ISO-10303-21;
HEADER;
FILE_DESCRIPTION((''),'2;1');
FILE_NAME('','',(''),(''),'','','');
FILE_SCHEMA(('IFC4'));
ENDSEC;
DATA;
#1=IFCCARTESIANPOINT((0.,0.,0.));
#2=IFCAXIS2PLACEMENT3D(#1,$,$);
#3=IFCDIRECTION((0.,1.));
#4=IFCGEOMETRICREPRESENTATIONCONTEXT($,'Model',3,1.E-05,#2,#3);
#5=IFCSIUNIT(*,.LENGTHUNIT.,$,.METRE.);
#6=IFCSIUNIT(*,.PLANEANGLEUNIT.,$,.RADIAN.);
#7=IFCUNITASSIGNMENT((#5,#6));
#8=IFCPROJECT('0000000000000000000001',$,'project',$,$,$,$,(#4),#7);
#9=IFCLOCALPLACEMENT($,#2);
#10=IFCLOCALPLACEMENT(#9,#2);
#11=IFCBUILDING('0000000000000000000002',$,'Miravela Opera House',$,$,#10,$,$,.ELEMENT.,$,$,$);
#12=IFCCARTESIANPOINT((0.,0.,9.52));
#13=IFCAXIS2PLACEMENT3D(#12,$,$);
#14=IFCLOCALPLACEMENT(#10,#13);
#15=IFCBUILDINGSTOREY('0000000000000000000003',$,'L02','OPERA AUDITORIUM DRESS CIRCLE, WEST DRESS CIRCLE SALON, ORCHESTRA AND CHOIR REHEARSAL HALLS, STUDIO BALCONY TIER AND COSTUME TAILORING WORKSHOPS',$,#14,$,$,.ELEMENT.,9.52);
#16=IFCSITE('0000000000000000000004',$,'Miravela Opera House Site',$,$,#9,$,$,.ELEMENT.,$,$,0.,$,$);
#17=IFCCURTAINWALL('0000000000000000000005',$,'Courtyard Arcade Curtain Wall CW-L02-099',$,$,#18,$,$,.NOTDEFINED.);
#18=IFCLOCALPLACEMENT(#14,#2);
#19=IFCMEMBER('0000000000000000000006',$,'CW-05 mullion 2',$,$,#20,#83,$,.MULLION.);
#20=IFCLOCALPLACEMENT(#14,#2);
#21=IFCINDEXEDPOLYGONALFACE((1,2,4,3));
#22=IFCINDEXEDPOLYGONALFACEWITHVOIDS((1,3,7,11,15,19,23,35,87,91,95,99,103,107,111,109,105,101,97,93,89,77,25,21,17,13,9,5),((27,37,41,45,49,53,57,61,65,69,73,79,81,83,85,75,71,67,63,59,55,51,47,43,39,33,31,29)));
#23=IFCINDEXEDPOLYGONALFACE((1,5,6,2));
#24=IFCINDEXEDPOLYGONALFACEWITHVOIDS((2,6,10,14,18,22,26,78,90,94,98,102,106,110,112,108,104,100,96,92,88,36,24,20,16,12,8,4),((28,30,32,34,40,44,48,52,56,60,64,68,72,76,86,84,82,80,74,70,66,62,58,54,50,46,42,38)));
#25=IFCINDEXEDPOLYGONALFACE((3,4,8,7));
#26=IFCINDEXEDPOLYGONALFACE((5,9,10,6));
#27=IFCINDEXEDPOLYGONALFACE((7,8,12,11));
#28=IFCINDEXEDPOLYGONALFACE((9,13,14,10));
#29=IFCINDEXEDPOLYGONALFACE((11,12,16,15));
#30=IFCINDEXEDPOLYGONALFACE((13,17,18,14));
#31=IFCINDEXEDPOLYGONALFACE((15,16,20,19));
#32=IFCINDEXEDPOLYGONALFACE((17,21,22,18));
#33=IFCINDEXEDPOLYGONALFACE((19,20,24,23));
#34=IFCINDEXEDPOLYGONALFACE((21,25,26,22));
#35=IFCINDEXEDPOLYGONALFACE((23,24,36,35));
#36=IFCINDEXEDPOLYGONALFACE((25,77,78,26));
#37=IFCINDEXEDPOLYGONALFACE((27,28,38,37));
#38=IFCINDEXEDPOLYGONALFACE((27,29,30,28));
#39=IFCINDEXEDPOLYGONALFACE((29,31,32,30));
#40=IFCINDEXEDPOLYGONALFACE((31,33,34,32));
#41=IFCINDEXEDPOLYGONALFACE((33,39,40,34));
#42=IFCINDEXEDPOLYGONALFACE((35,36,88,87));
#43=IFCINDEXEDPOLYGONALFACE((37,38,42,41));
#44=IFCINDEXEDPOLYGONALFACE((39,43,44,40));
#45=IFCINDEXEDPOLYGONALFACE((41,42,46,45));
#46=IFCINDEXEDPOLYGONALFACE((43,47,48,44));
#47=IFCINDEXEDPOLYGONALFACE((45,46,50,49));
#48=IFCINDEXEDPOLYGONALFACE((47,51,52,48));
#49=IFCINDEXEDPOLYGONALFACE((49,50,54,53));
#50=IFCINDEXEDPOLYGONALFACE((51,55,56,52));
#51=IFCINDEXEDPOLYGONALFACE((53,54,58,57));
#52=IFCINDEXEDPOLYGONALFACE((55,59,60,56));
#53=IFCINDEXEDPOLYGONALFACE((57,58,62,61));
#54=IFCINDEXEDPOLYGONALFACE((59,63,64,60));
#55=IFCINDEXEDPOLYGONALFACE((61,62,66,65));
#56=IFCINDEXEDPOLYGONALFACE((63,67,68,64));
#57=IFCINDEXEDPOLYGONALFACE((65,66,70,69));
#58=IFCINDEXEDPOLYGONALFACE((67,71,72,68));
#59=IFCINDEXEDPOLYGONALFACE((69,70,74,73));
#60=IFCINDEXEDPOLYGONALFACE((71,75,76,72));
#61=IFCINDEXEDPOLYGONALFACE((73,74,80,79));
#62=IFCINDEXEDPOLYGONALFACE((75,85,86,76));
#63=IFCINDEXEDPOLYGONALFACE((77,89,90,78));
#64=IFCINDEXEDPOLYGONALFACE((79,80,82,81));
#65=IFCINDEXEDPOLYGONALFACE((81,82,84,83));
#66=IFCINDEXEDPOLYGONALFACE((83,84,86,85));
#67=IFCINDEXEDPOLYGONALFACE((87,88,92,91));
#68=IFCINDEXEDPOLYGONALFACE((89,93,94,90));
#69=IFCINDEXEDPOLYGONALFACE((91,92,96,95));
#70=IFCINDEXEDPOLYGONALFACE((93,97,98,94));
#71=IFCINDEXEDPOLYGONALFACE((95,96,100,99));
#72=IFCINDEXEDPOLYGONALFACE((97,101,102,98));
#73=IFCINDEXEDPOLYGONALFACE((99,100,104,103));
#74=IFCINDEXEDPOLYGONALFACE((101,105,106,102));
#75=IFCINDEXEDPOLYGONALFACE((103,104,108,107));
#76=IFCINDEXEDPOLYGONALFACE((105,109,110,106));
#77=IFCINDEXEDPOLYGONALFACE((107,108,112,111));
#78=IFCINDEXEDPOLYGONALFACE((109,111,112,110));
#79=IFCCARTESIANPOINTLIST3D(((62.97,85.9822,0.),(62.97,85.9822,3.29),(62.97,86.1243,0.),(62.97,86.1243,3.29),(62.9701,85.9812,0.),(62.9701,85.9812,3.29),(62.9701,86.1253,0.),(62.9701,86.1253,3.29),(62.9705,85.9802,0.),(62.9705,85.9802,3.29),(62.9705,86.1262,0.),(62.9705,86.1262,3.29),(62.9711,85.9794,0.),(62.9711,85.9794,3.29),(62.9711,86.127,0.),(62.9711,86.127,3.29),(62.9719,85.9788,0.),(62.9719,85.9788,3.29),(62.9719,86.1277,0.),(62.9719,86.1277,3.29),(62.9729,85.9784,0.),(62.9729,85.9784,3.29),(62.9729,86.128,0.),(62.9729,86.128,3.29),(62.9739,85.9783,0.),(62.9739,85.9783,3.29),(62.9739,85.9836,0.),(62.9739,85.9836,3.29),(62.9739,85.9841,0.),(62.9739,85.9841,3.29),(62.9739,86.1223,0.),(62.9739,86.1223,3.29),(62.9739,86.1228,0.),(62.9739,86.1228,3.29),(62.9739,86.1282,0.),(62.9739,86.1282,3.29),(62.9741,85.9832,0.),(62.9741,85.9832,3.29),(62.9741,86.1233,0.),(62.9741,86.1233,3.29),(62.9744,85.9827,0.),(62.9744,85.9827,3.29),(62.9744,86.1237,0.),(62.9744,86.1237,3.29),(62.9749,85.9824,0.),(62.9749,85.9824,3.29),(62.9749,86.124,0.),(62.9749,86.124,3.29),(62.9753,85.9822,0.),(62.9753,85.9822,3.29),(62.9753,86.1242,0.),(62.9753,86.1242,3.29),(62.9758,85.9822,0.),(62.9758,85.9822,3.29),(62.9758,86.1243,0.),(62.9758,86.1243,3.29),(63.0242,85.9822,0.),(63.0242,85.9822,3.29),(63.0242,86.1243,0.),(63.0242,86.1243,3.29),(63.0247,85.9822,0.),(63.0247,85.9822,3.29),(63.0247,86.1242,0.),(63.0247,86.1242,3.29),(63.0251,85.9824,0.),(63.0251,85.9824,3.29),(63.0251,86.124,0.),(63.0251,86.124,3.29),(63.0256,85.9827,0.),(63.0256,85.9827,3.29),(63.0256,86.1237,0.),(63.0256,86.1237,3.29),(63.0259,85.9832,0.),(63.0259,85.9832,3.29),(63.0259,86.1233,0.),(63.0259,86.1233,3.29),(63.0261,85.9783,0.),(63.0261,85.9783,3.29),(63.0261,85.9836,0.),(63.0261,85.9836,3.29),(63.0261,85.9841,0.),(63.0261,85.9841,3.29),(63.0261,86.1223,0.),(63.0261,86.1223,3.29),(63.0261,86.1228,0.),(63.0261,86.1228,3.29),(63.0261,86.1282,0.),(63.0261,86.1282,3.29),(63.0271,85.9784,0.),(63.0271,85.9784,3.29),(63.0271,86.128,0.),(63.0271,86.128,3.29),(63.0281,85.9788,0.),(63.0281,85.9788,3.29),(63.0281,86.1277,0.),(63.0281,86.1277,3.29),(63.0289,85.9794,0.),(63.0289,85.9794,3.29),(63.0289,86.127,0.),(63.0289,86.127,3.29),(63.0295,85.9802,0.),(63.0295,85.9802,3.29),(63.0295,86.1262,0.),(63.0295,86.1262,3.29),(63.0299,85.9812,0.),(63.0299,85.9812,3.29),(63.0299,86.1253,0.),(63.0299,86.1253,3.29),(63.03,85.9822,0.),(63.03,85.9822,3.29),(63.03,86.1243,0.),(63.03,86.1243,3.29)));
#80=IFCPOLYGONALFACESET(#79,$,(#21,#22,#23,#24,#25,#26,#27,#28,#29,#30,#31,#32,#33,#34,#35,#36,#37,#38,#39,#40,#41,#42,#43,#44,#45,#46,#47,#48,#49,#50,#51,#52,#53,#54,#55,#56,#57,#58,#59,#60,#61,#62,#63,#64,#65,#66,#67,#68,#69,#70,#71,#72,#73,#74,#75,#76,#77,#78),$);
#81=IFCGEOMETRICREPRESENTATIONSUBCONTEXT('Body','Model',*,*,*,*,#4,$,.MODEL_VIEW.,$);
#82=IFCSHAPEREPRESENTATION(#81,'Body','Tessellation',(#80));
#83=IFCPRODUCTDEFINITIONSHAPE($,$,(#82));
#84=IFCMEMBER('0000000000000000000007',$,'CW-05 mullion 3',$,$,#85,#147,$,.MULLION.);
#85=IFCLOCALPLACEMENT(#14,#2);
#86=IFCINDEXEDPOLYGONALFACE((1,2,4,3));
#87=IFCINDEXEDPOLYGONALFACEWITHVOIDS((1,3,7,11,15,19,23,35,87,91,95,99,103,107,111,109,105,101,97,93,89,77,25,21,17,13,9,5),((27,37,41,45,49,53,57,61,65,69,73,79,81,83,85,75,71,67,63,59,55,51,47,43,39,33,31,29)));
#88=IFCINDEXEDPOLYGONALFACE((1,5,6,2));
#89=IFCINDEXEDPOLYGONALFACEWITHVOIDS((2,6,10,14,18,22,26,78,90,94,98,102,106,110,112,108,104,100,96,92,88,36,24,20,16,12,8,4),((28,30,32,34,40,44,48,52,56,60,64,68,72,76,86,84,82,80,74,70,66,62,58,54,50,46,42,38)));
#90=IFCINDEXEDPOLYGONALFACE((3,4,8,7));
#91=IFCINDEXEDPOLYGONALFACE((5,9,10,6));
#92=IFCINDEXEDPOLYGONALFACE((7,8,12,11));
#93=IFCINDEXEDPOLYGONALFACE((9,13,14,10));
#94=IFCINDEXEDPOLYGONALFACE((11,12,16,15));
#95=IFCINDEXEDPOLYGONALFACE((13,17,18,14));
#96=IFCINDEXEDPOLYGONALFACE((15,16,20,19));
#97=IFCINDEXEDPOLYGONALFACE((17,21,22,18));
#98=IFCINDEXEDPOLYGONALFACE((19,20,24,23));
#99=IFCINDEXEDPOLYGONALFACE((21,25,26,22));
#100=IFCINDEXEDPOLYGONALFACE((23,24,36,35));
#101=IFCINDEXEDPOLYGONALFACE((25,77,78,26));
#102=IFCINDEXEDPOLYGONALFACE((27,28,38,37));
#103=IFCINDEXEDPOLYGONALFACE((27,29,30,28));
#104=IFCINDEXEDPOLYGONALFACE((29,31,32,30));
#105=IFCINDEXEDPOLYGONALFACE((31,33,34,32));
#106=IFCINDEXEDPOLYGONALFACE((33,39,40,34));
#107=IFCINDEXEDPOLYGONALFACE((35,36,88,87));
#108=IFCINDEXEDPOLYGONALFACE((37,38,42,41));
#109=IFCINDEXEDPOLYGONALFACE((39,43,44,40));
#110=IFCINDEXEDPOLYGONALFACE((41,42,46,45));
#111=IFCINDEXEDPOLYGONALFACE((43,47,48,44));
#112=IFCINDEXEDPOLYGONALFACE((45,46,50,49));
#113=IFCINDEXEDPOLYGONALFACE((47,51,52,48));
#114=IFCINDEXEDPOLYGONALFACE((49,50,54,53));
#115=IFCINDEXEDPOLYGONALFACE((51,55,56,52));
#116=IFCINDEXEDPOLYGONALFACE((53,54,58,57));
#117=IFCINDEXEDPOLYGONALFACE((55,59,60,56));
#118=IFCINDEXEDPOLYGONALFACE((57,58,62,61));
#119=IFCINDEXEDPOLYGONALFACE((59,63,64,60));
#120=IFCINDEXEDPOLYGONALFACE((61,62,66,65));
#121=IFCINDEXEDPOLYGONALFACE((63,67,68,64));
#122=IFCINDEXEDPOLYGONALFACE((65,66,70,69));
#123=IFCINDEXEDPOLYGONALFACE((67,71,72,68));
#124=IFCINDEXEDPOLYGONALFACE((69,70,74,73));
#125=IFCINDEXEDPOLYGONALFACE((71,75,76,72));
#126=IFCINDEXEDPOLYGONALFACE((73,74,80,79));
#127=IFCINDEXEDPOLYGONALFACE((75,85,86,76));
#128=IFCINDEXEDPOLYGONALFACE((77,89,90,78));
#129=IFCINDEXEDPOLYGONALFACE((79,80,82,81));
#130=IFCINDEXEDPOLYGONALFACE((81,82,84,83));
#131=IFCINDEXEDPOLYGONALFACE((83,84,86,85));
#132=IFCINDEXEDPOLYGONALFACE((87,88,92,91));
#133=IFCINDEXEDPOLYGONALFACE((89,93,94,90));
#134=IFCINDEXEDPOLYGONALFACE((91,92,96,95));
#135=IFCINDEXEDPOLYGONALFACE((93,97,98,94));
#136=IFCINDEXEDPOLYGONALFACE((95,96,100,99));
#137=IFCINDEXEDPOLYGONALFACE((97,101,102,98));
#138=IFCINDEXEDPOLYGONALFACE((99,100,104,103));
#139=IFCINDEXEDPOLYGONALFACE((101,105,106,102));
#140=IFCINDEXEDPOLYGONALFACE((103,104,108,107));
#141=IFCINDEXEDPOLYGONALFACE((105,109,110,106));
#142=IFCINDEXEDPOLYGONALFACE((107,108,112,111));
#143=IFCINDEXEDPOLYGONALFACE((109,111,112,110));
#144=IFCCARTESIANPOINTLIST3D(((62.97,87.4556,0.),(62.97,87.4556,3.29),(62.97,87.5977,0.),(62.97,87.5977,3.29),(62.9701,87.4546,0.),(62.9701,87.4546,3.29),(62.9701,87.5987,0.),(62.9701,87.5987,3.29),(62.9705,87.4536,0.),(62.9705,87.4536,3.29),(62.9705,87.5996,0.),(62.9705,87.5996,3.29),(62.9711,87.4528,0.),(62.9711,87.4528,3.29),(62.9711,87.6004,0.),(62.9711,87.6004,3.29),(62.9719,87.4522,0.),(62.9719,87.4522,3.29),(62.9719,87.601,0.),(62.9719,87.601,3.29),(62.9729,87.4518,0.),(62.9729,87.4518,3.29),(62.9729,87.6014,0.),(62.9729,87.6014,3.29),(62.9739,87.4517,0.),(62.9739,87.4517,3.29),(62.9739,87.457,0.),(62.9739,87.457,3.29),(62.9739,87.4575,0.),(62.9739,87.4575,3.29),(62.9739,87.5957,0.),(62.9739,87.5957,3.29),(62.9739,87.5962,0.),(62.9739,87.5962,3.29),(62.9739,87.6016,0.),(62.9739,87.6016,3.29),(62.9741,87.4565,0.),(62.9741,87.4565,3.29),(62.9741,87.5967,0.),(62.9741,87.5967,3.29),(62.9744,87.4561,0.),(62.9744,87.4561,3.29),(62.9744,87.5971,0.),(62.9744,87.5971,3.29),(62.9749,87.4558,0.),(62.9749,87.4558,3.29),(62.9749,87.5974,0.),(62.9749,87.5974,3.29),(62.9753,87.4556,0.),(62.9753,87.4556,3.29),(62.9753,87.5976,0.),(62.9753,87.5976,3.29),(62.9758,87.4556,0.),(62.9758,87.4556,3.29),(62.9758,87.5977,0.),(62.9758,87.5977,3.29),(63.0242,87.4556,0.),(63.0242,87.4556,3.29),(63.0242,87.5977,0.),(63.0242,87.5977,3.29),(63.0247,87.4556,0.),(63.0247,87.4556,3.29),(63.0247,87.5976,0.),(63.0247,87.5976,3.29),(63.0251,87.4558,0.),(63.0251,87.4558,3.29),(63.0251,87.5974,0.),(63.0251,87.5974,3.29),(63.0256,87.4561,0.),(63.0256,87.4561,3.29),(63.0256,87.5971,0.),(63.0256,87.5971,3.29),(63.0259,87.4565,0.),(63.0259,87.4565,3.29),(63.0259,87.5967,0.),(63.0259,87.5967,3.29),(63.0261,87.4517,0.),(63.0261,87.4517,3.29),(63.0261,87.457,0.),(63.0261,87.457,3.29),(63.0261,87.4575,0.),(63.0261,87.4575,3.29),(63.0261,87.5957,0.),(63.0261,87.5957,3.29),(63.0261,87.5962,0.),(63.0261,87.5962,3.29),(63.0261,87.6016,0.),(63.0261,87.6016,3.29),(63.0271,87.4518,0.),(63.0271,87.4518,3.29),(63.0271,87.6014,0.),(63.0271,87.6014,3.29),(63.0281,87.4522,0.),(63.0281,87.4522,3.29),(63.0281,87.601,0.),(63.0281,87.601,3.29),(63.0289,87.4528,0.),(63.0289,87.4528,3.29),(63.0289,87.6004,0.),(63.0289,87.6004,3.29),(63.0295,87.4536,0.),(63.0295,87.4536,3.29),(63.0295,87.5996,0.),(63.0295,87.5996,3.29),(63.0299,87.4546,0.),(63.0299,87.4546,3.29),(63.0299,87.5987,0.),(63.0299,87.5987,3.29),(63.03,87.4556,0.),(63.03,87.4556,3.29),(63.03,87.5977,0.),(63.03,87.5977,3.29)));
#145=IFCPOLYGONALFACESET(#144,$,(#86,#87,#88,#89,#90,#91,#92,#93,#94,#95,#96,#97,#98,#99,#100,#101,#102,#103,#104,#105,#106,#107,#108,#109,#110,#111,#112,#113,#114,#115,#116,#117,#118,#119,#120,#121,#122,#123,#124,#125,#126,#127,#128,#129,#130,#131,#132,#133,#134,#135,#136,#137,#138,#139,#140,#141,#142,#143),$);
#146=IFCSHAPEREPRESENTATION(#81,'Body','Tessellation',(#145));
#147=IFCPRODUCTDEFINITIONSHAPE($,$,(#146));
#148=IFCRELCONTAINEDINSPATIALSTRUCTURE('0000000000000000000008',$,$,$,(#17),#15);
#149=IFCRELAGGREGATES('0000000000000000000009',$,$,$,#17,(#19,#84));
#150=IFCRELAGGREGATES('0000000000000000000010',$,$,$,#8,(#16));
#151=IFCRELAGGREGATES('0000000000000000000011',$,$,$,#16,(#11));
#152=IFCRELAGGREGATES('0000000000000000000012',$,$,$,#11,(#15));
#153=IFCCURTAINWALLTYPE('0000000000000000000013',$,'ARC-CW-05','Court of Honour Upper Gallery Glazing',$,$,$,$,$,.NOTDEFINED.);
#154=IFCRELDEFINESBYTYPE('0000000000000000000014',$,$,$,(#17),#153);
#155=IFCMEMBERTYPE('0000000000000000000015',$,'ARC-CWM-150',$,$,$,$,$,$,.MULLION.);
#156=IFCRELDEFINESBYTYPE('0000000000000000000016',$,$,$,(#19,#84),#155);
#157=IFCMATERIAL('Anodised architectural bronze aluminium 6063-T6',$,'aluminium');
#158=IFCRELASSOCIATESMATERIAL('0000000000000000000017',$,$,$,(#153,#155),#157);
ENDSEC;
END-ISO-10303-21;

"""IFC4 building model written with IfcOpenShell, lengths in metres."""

from ifc_helpers import new_model, si_unit, direction, frame, origin, origin_2d, place, context, subcontext, project, spatial, hollow_rectangle, extrude, material, material_profile, profile_set, type_object, element, aggregate, save


model = new_model("IFC4")

# Units and contexts
model_context = context("Model", 3, precision=1e-05, world=origin(), true_north=direction((0.0, 1.0)))
body_context = subcontext(model_context, "Body", "Model", "MODEL_VIEW")
ifc_project = project(units=[si_unit("LENGTHUNIT", "METRE"), si_unit("PLANEANGLEUNIT", "RADIAN")], contexts=[model_context])

# Site, building, storey
site_placement = place(None, origin())
site = spatial("IfcSite", under=ifc_project, at=site_placement, Name="Miravela Opera House Site", CompositionType="ELEMENT", RefElevation=0.0)
building_placement = place(site_placement, origin())
building = spatial("IfcBuilding", under=site, at=building_placement, Name="Miravela Opera House", CompositionType="ELEMENT")
storey_placement = place(building_placement, frame((0.0, 0.0, 9.52)))
storey = spatial("IfcBuildingStorey", under=building, at=storey_placement, Name="L02", Description="OPERA AUDITORIUM DRESS CIRCLE, WEST DRESS CIRCLE SALON, ORCHESTRA AND CHOIR REHEARSAL HALLS, STUDIO BALCONY TIER AND COSTUME TAILORING WORKSHOPS", CompositionType="ELEMENT", Elevation=9.52)

# Curtain wall, members
ifc_material_1 = material(Name="Anodised architectural bronze aluminium 6063-T6", Category="aluminium")
curtain_wall_type = type_object("IfcCurtainWallType", Name="ARC-CW-05", Description="Court of Honour Upper Gallery Glazing", PredefinedType="NOTDEFINED", material=ifc_material_1)
curtain_wall_placement = place(storey_placement, origin())
curtain_wall = element("IfcCurtainWall", 1, at=curtain_wall_placement, inside=storey, type_object=curtain_wall_type, Name="Courtyard Arcade Curtain Wall CW-L02-099", PredefinedType="NOTDEFINED")
ifc_material_profile_1 = material_profile(ifc_material_1, hollow_rectangle(XDim=0.0601, YDim=0.1499, WallThickness=0.0039, InnerFilletRadius=0.002, OuterFilletRadius=0.0039, at=origin_2d()), Name="CWM-60X150")
ifc_profile_set_1 = profile_set([ifc_material_profile_1])
member_type_1 = type_object("IfcMemberType", Name="ARC-CWM-150", PredefinedType="MULLION", material=ifc_profile_set_1)
member_1_placement = place(storey_placement, frame((63.0, 86.0532, 0.0), z_axis=(0.0, 0.0, 1.0), x_axis=(-1.0, 0.0, 0.0)))
member_1 = element("IfcMember", 2, at=member_1_placement, type_object=member_type_1, Name="CW-05 mullion 2", PredefinedType="MULLION", context=body_context, shape_type="SweptSolid", body=[
    extrude(hollow_rectangle(XDim=0.0601, YDim=0.1499, WallThickness=0.0039, InnerFilletRadius=0.002, OuterFilletRadius=0.0039, at=origin_2d()), origin(), (0.0, 0.0, 1.0), 3.29),
])
member_2_placement = place(storey_placement, frame((63.0, 87.5266, 0.0), z_axis=(0.0, 0.0, 1.0), x_axis=(-1.0, 0.0, 0.0)))
member_2 = element("IfcMember", 3, at=member_2_placement, type_object=member_type_1, Name="CW-05 mullion 3", PredefinedType="MULLION", context=body_context, shape_type="SweptSolid", body=[
    extrude(hollow_rectangle(XDim=0.0601, YDim=0.1499, WallThickness=0.0039, InnerFilletRadius=0.002, OuterFilletRadius=0.0039, at=origin_2d()), origin(), (0.0, 0.0, 1.0), 3.29),
])
aggregate(curtain_wall, [member_1, member_2])

save(model, "model.ifc")
